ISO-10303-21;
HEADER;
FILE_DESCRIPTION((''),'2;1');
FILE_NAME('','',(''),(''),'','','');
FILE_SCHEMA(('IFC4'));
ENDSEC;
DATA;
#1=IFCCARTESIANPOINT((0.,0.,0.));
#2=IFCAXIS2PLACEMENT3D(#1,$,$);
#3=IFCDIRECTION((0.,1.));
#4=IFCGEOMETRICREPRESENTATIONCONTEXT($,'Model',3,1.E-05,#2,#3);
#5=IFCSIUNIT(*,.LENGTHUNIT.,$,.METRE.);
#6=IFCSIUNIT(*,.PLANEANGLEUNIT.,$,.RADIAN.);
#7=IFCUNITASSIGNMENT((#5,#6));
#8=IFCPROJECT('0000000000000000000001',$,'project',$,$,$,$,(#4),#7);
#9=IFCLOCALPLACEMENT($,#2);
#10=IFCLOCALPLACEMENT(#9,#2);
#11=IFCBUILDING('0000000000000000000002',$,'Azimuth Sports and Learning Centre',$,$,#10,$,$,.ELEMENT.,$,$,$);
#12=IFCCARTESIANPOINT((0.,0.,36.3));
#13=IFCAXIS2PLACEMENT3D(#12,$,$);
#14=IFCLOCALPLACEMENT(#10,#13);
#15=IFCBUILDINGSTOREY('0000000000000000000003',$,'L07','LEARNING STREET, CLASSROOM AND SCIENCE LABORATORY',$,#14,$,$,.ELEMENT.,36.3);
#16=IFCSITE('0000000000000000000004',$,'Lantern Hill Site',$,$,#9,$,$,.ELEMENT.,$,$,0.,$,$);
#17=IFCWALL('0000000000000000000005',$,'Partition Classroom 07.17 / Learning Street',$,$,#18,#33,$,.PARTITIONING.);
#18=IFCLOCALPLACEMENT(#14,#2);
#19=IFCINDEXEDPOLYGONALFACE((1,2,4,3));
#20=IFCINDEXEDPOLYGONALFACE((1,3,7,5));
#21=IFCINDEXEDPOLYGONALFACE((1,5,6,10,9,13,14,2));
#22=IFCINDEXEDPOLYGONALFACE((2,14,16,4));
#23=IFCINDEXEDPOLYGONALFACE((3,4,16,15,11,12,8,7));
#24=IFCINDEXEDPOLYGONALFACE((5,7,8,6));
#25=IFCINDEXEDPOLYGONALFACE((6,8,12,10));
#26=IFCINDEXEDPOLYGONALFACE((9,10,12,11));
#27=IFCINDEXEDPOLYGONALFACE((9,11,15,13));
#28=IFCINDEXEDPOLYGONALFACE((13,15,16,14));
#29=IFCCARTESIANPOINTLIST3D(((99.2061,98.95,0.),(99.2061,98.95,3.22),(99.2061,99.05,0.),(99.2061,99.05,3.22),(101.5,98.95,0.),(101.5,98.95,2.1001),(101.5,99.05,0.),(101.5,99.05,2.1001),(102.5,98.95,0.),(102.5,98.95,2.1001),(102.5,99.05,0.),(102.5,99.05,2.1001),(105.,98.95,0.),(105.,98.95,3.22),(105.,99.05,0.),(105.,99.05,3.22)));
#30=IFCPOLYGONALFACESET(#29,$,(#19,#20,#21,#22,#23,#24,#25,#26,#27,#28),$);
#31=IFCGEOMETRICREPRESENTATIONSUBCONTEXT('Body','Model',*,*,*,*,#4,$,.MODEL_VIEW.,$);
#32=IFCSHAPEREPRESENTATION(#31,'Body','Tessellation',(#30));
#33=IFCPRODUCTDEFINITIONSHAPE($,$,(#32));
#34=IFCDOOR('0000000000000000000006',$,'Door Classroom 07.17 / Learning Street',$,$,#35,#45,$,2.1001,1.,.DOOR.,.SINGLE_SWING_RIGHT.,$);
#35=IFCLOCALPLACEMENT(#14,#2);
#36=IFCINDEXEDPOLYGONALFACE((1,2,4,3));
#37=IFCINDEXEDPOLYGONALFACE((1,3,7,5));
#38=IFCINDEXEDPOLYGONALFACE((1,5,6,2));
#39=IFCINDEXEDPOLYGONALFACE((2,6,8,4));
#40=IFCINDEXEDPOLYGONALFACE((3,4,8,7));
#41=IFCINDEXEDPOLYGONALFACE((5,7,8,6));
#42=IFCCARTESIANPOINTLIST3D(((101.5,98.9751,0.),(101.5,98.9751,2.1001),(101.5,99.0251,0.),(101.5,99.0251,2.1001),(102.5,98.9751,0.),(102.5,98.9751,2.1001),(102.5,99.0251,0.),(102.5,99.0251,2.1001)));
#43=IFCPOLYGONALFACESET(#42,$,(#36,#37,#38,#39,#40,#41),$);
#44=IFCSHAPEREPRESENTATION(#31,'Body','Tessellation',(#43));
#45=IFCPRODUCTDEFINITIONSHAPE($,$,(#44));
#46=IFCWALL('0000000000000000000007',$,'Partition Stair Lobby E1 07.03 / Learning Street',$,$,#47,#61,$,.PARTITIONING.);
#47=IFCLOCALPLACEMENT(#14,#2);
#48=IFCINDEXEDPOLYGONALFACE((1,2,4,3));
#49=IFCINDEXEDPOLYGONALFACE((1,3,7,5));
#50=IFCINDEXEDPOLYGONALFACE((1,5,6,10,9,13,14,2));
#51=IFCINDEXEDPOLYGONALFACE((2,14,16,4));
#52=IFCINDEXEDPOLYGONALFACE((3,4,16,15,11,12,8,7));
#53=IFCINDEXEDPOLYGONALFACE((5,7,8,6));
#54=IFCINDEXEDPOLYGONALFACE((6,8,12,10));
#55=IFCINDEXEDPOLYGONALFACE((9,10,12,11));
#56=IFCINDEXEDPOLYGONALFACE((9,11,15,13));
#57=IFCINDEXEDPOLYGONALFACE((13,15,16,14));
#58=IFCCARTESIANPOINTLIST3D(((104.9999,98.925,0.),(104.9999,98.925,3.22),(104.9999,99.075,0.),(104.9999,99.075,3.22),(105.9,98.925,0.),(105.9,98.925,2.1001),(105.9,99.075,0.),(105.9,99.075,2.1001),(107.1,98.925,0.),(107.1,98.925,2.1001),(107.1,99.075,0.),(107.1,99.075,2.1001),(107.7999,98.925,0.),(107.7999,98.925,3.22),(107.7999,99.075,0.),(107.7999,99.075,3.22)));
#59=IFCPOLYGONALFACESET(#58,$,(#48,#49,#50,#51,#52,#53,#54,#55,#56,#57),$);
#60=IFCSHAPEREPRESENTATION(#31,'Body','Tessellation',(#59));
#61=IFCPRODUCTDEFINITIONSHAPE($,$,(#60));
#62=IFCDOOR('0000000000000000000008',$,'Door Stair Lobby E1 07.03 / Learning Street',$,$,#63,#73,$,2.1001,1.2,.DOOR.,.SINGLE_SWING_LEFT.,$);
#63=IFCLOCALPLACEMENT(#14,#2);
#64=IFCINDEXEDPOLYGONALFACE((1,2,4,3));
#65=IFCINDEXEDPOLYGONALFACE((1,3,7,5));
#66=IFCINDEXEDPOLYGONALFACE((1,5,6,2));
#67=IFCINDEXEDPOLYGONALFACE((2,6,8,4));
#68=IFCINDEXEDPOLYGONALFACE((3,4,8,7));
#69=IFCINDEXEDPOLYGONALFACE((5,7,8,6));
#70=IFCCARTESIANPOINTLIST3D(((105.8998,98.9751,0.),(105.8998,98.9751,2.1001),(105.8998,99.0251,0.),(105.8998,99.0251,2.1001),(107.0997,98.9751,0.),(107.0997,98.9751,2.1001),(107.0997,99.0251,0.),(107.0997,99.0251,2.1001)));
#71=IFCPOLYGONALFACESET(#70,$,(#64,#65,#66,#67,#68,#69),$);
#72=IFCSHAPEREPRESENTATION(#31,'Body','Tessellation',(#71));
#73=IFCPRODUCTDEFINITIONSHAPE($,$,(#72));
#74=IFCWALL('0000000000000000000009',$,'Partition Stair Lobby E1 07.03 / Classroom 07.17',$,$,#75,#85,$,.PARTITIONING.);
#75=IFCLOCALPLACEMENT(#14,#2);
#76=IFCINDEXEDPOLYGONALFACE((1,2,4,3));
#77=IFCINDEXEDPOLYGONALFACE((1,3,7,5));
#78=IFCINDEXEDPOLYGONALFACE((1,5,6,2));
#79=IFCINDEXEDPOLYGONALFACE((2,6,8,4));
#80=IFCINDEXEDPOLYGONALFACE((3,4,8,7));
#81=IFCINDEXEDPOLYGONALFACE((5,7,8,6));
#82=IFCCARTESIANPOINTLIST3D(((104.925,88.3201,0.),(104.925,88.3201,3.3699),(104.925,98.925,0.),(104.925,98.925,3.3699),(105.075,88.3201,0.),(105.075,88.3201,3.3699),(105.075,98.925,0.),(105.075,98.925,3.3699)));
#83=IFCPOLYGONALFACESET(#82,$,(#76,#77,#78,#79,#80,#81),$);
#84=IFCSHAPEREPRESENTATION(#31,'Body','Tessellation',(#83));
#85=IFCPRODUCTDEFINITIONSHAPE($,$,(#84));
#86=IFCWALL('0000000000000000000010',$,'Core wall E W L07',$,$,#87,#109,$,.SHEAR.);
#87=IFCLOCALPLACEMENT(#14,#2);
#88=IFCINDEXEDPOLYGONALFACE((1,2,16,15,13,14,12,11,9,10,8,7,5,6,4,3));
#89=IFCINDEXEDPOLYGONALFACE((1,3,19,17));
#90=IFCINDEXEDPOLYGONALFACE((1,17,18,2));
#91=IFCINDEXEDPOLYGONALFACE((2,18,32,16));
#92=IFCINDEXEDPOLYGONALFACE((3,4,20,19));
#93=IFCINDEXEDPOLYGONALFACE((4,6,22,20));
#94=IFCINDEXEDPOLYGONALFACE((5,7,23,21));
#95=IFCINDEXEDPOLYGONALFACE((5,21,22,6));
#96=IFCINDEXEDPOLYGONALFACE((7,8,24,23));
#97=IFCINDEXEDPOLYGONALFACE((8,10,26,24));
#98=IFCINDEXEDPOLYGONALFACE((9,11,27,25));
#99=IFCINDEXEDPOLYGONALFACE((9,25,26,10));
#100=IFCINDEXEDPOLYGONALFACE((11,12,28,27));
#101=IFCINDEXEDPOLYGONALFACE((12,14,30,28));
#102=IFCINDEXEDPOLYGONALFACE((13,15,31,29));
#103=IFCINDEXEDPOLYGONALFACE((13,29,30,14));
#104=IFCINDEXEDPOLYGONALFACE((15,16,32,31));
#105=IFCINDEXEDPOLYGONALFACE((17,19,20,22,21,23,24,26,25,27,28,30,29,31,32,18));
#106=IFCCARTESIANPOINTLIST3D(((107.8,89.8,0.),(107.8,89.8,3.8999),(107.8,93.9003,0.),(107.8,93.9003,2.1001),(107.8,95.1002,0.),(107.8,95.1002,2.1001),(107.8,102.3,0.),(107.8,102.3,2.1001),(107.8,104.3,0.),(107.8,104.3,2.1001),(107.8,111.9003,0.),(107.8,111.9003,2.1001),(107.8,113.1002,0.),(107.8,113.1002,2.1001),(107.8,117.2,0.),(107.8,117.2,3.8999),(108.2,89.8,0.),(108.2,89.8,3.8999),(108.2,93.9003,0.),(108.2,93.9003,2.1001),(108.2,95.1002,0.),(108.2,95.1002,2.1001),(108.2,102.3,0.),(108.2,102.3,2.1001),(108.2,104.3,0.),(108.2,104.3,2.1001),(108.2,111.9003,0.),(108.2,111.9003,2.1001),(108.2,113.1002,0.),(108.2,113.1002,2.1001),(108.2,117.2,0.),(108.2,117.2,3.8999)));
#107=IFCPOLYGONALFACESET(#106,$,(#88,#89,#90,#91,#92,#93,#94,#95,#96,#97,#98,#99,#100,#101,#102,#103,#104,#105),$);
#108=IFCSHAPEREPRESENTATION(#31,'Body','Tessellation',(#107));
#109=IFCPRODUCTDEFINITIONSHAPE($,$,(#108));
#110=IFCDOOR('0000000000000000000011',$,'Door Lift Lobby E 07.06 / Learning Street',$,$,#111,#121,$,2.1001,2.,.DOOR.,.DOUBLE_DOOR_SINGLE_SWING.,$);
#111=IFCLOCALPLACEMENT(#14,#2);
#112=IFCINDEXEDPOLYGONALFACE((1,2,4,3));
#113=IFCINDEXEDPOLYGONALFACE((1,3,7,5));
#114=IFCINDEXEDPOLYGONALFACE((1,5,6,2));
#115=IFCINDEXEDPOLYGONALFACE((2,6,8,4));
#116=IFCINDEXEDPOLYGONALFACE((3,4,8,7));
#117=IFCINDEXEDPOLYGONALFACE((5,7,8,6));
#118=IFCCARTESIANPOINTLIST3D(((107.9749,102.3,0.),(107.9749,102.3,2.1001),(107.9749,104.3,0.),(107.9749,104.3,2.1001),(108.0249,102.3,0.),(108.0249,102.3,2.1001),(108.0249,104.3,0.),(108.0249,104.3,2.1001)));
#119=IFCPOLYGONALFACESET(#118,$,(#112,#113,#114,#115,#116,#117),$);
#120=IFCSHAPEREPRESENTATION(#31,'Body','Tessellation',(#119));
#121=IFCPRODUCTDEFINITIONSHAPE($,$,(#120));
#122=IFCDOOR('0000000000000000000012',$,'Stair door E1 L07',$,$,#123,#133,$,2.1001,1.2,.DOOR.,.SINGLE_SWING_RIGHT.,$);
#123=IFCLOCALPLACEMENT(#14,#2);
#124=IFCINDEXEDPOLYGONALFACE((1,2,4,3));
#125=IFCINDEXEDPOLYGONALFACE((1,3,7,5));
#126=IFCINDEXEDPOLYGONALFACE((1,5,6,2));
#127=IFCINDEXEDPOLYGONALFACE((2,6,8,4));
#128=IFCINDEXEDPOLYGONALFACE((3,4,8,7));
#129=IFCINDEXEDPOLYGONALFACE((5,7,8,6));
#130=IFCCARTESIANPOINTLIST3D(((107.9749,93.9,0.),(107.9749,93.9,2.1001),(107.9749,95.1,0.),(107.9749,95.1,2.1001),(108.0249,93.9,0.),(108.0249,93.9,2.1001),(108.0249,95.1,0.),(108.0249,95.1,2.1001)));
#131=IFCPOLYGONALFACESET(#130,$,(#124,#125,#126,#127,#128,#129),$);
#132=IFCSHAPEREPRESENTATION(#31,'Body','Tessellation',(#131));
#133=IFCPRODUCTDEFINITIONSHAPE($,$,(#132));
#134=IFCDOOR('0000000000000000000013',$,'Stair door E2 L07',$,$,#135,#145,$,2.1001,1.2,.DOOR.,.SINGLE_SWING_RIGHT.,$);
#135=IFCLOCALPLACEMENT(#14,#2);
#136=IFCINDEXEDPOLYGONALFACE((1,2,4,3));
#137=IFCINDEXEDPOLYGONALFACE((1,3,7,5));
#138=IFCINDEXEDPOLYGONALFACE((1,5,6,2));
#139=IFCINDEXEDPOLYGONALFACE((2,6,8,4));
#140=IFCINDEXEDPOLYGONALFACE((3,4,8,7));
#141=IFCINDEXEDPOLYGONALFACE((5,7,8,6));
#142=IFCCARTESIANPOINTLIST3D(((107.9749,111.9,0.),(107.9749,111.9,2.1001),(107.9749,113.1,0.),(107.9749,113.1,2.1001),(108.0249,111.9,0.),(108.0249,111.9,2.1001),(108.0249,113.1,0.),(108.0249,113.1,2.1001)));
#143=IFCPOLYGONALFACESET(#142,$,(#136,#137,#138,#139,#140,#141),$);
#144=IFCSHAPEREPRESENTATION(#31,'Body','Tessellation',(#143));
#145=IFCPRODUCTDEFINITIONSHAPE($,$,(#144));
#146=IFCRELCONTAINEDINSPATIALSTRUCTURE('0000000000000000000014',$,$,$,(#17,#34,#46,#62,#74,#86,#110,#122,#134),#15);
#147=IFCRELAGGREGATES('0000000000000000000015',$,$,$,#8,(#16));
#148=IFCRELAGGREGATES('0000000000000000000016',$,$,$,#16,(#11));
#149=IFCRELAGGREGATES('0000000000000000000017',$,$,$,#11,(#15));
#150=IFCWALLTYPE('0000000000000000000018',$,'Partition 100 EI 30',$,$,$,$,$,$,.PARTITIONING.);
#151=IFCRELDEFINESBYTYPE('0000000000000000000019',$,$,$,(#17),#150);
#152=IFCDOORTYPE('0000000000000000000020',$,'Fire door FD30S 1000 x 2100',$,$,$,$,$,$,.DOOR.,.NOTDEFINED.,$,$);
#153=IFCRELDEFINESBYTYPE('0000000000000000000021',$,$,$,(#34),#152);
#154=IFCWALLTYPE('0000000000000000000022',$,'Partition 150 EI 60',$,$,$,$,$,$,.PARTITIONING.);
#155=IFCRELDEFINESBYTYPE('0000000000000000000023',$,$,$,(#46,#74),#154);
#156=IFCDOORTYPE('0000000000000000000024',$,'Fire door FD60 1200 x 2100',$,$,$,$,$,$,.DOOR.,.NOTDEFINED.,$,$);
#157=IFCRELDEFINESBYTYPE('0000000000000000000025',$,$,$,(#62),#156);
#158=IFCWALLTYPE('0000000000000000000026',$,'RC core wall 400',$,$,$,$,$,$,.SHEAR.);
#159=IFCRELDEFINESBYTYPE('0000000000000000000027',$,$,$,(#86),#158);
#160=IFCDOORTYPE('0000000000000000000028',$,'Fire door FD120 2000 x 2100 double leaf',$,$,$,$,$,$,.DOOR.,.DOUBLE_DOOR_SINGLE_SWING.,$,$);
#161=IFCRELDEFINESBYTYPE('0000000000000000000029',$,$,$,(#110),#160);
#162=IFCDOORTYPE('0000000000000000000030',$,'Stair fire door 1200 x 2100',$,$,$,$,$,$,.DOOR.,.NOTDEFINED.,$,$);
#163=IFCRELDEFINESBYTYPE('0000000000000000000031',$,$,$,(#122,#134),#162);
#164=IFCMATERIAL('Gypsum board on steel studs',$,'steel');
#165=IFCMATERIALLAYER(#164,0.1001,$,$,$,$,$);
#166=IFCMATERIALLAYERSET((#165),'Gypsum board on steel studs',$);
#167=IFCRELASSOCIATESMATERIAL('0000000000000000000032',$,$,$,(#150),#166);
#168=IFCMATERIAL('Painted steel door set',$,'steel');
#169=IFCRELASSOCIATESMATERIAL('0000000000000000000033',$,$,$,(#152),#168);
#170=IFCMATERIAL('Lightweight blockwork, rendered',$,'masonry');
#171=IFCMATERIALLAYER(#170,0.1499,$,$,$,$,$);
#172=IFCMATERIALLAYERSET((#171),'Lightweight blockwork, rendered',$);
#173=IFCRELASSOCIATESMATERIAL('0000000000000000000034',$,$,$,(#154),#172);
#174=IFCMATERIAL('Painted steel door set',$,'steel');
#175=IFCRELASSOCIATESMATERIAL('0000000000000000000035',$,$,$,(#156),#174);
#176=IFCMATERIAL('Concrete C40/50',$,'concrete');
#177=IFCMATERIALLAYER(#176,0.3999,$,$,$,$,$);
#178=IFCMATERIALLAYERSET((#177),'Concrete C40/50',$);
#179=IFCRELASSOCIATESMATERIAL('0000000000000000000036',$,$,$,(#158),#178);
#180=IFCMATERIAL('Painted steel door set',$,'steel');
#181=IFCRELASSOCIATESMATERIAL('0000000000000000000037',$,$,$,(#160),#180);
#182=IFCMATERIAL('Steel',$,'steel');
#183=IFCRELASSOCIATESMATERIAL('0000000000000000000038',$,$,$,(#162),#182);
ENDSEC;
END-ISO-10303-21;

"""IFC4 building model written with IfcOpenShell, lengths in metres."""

from ifc_helpers import new_model, si_unit, direction, frame, frame_2d, origin, place, context, subcontext, project, spatial, rectangle, extrude, material, layer, layer_set, type_object, element, fill, save


model = new_model("IFC4")

# Units and contexts
model_context = context("Model", 3, precision=1e-05, world=origin(), true_north=direction((0.0, 1.0)))
body_context = subcontext(model_context, "Body", "Model", "MODEL_VIEW")
ifc_project = project(units=[si_unit("LENGTHUNIT", "METRE"), si_unit("PLANEANGLEUNIT", "RADIAN")], contexts=[model_context])

# Site, building, storey
site_placement = place(None, origin())
site = spatial("IfcSite", under=ifc_project, at=site_placement, Name="Lantern Hill Site", CompositionType="ELEMENT", RefElevation=0.0)
building_placement = place(site_placement, origin())
building = spatial("IfcBuilding", under=site, at=building_placement, Name="Azimuth Sports and Learning Centre", CompositionType="ELEMENT")
storey_placement = place(building_placement, frame((0.0, 0.0, 36.3)))
storey = spatial("IfcBuildingStorey", under=building, at=storey_placement, Name="L07", Description="LEARNING STREET, CLASSROOM AND SCIENCE LABORATORY", CompositionType="ELEMENT", Elevation=36.3)

# Walls, openings, doors
ifc_material_1 = material(Name="Gypsum board on steel studs", Category="steel")
ifc_layer_1 = layer(ifc_material_1, 0.1001)
ifc_layer_set_1 = layer_set([ifc_layer_1], Name="Gypsum board on steel studs")
wall_type_1 = type_object("IfcWallType", Name="Partition 100 EI 30", PredefinedType="PARTITIONING", material=ifc_layer_set_1)
wall_1_placement = place(storey_placement, frame((99.2061, 99.0, 0.0), z_axis=(0.0, 0.0, 1.0), x_axis=(1.0, 0.0, 0.0)))
wall_1 = element("IfcWall", 1, at=wall_1_placement, inside=storey, type_object=wall_type_1, Name="Partition Classroom 07.17 / Learning Street", PredefinedType="PARTITIONING", context=body_context, shape_type="SweptSolid", body=[
    extrude(rectangle(XDim=5.7939, YDim=0.1001, at=frame_2d((2.897, 0.0))), origin(), (0.0, 0.0, 1.0), 3.22),
])
opening_1_placement = place(wall_1_placement, frame((2.2939, 0.0, 0.0)))
opening_1 = element("IfcOpeningElement", 2, at=opening_1_placement, cuts=wall_1, PredefinedType="OPENING", context=body_context, shape_type="SweptSolid", body=[
    extrude(rectangle(XDim=1.0, YDim=2.1001, at=frame_2d((0.5, 1.05))), frame((0.0, 0.061, 0.0), z_axis=(0.0, -1.0, 0.0), x_axis=(1.0, 0.0, 0.0)), (0.0, 0.0, 1.0), 0.1221),
])
ifc_material_2 = material(Name="Painted steel door set", Category="steel")
door_type_1 = type_object("IfcDoorType", Name="Fire door FD30S 1000 x 2100", OperationType="NOTDEFINED", PredefinedType="DOOR", material=ifc_material_2)
door_1_placement = place(opening_1_placement, frame((1.0, 0.0, 0.0), z_axis=(0.0, 0.0, 1.0), x_axis=(-1.0, 0.0, 0.0)))
door_1 = element("IfcDoor", 3, at=door_1_placement, inside=storey, type_object=door_type_1, Name="Door Classroom 07.17 / Learning Street", OperationType="SINGLE_SWING_RIGHT", OverallHeight=2.1001, OverallWidth=1.0, PredefinedType="DOOR", context=body_context, shape_type="SweptSolid", body=[
    extrude(rectangle(XDim=1.0, YDim=2.1001, at=frame_2d((0.5, 1.05))), frame((0.0, 0.0249, 0.0), z_axis=(0.0, -1.0, 0.0), x_axis=(1.0, 0.0, 0.0)), (0.0, 0.0, 1.0), 0.05),
])
fill(opening_1, door_1)
ifc_material_3 = material(Name="Lightweight blockwork, rendered", Category="masonry")
ifc_layer_2 = layer(ifc_material_3, 0.1499)
ifc_layer_set_2 = layer_set([ifc_layer_2], Name="Lightweight blockwork, rendered")
wall_type_2 = type_object("IfcWallType", Name="Partition 150 EI 60", PredefinedType="PARTITIONING", material=ifc_layer_set_2)
wall_2_placement = place(storey_placement, frame((105.0, 99.0, 0.0), z_axis=(0.0, 0.0, 1.0), x_axis=(1.0, 0.0, 0.0)))
wall_2 = element("IfcWall", 4, at=wall_2_placement, inside=storey, type_object=wall_type_2, Name="Partition Stair Lobby E1 07.03 / Learning Street", PredefinedType="PARTITIONING", context=body_context, shape_type="SweptSolid", body=[
    extrude(rectangle(XDim=2.8, YDim=0.1499, at=frame_2d((1.3999, 0.0))), origin(), (0.0, 0.0, 1.0), 3.22),
])
opening_2_placement = place(wall_2_placement, frame((0.8999, 0.0, 0.0)))
opening_2 = element("IfcOpeningElement", 5, at=opening_2_placement, cuts=wall_2, PredefinedType="OPENING", context=body_context, shape_type="SweptSolid", body=[
    extrude(rectangle(XDim=1.2, YDim=2.1001, at=frame_2d((0.6001, 1.05))), frame((0.0, 0.0859, 0.0), z_axis=(0.0, -1.0, 0.0), x_axis=(1.0, 0.0, 0.0)), (0.0, 0.0, 1.0), 0.1719),
])
ifc_material_4 = material(Name="Painted steel door set", Category="steel")
door_type_2 = type_object("IfcDoorType", Name="Fire door FD60 1200 x 2100", OperationType="NOTDEFINED", PredefinedType="DOOR", material=ifc_material_4)
door_2_placement = place(opening_2_placement, frame((1.2, 0.0, 0.0), z_axis=(0.0, 0.0, 1.0), x_axis=(-1.0, 0.0, 0.0)))
door_2 = element("IfcDoor", 6, at=door_2_placement, inside=storey, type_object=door_type_2, Name="Door Stair Lobby E1 07.03 / Learning Street", OperationType="SINGLE_SWING_LEFT", OverallHeight=2.1001, OverallWidth=1.2, PredefinedType="DOOR", context=body_context, shape_type="SweptSolid", body=[
    extrude(rectangle(XDim=1.2, YDim=2.1001, at=frame_2d((0.6001, 1.05))), frame((0.0, 0.0249, 0.0), z_axis=(0.0, -1.0, 0.0), x_axis=(1.0, 0.0, 0.0)), (0.0, 0.0, 1.0), 0.05),
])
fill(opening_2, door_2)

# Wall
wall_3_placement = place(storey_placement, frame((105.0, 88.3201, 0.0), z_axis=(0.0, 0.0, 1.0), x_axis=(0.0, 1.0, 0.0)))
element("IfcWall", 7, at=wall_3_placement, inside=storey, type_object=wall_type_2, Name="Partition Stair Lobby E1 07.03 / Classroom 07.17", PredefinedType="PARTITIONING", context=body_context, shape_type="SweptSolid", body=[
    extrude(rectangle(XDim=10.605, YDim=0.1499, at=frame_2d((5.3025, 0.0))), origin(), (0.0, 0.0, 1.0), 3.3699),
])

# Wall, openings, doors
ifc_material_5 = material(Name="Concrete C40/50", Category="concrete")
ifc_layer_3 = layer(ifc_material_5, 0.3999)
ifc_layer_set_3 = layer_set([ifc_layer_3], Name="Concrete C40/50")
wall_type_3 = type_object("IfcWallType", Name="RC core wall 400", PredefinedType="SHEAR", material=ifc_layer_set_3)
wall_4_placement = place(storey_placement, frame((108.0, 89.8, 0.0), z_axis=(0.0, 0.0, 1.0), x_axis=(0.0, 1.0, 0.0)))
wall_4 = element("IfcWall", 8, at=wall_4_placement, inside=storey, type_object=wall_type_3, Name="Core wall E W L07", PredefinedType="SHEAR", context=body_context, shape_type="SweptSolid", body=[
    extrude(rectangle(XDim=27.3999, YDim=0.3999, at=frame_2d((13.7, 0.0))), origin(), (0.0, 0.0, 1.0), 3.8999),
])
opening_3_placement = place(wall_4_placement, frame((4.1001, 0.0, 0.0)))
opening_3 = element("IfcOpeningElement", 9, at=opening_3_placement, cuts=wall_4, PredefinedType="OPENING", context=body_context, shape_type="SweptSolid", body=[
    extrude(rectangle(XDim=1.2, YDim=2.1001, at=frame_2d((0.6001, 1.05))), frame((0.0, 0.2109, 0.0), z_axis=(0.0, -1.0, 0.0), x_axis=(1.0, 0.0, 0.0)), (0.0, 0.0, 1.0), 0.4219),
])
opening_4_placement = place(wall_4_placement, frame((22.1001, 0.0, 0.0)))
opening_4 = element("IfcOpeningElement", 10, at=opening_4_placement, cuts=wall_4, PredefinedType="OPENING", context=body_context, shape_type="SweptSolid", body=[
    extrude(rectangle(XDim=1.2, YDim=2.1001, at=frame_2d((0.6001, 1.05))), frame((0.0, 0.2109, 0.0), z_axis=(0.0, -1.0, 0.0), x_axis=(1.0, 0.0, 0.0)), (0.0, 0.0, 1.0), 0.4219),
])
opening_5_placement = place(wall_4_placement, frame((12.5, 0.0, 0.0)))
opening_5 = element("IfcOpeningElement", 11, at=opening_5_placement, cuts=wall_4, PredefinedType="OPENING", context=body_context, shape_type="SweptSolid", body=[
    extrude(rectangle(XDim=2.0, YDim=2.1001, at=frame_2d((1.0, 1.05))), frame((0.0, 0.2109, 0.0), z_axis=(0.0, -1.0, 0.0), x_axis=(1.0, 0.0, 0.0)), (0.0, 0.0, 1.0), 0.4219),
])
ifc_material_6 = material(Name="Painted steel door set", Category="steel")
door_type_3 = type_object("IfcDoorType", Name="Fire door FD120 2000 x 2100 double leaf", OperationType="DOUBLE_DOOR_SINGLE_SWING", PredefinedType="DOOR", material=ifc_material_6)
door_3_placement = place(opening_5_placement, frame((2.0, 0.0, 0.0), z_axis=(0.0, 0.0, 1.0), x_axis=(-1.0, 0.0, 0.0)))
door_3 = element("IfcDoor", 12, at=door_3_placement, inside=storey, type_object=door_type_3, Name="Door Lift Lobby E 07.06 / Learning Street", OperationType="DOUBLE_DOOR_SINGLE_SWING", OverallHeight=2.1001, OverallWidth=2.0, PredefinedType="DOOR", context=body_context, shape_type="SweptSolid", body=[
    extrude(rectangle(XDim=2.0, YDim=2.1001, at=frame_2d((1.0, 1.05))), frame((0.0, 0.0249, 0.0), z_axis=(0.0, -1.0, 0.0), x_axis=(1.0, 0.0, 0.0)), (0.0, 0.0, 1.0), 0.05),
])
fill(opening_5, door_3)
ifc_material_7 = material(Name="Steel", Category="steel")
door_type_4 = type_object("IfcDoorType", Name="Stair fire door 1200 x 2100", OperationType="NOTDEFINED", PredefinedType="DOOR", material=ifc_material_7)
door_4_placement = place(opening_3_placement, frame((1.2, 0.0, 0.0), z_axis=(0.0, 0.0, 1.0), x_axis=(-1.0, 0.0, 0.0)))
door_4 = element("IfcDoor", 13, at=door_4_placement, inside=storey, type_object=door_type_4, Name="Stair door E1 L07", OperationType="SINGLE_SWING_RIGHT", OverallHeight=2.1001, OverallWidth=1.2, PredefinedType="DOOR", context=body_context, shape_type="SweptSolid", body=[
    extrude(rectangle(XDim=1.2, YDim=2.1001, at=frame_2d((0.6001, 1.05))), frame((0.0, 0.0249, 0.0), z_axis=(0.0, -1.0, 0.0), x_axis=(1.0, 0.0, 0.0)), (0.0, 0.0, 1.0), 0.05),
])
fill(opening_3, door_4)
door_5_placement = place(opening_4_placement, frame((1.2, 0.0, 0.0), z_axis=(0.0, 0.0, 1.0), x_axis=(-1.0, 0.0, 0.0)))
door_5 = element("IfcDoor", 14, at=door_5_placement, inside=storey, type_object=door_type_4, Name="Stair door E2 L07", OperationType="SINGLE_SWING_RIGHT", OverallHeight=2.1001, OverallWidth=1.2, PredefinedType="DOOR", context=body_context, shape_type="SweptSolid", body=[
    extrude(rectangle(XDim=1.2, YDim=2.1001, at=frame_2d((0.6001, 1.05))), frame((0.0, 0.0249, 0.0), z_axis=(0.0, -1.0, 0.0), x_axis=(1.0, 0.0, 0.0)), (0.0, 0.0, 1.0), 0.05),
])
fill(opening_4, door_5)

save(model, "model.ifc")
